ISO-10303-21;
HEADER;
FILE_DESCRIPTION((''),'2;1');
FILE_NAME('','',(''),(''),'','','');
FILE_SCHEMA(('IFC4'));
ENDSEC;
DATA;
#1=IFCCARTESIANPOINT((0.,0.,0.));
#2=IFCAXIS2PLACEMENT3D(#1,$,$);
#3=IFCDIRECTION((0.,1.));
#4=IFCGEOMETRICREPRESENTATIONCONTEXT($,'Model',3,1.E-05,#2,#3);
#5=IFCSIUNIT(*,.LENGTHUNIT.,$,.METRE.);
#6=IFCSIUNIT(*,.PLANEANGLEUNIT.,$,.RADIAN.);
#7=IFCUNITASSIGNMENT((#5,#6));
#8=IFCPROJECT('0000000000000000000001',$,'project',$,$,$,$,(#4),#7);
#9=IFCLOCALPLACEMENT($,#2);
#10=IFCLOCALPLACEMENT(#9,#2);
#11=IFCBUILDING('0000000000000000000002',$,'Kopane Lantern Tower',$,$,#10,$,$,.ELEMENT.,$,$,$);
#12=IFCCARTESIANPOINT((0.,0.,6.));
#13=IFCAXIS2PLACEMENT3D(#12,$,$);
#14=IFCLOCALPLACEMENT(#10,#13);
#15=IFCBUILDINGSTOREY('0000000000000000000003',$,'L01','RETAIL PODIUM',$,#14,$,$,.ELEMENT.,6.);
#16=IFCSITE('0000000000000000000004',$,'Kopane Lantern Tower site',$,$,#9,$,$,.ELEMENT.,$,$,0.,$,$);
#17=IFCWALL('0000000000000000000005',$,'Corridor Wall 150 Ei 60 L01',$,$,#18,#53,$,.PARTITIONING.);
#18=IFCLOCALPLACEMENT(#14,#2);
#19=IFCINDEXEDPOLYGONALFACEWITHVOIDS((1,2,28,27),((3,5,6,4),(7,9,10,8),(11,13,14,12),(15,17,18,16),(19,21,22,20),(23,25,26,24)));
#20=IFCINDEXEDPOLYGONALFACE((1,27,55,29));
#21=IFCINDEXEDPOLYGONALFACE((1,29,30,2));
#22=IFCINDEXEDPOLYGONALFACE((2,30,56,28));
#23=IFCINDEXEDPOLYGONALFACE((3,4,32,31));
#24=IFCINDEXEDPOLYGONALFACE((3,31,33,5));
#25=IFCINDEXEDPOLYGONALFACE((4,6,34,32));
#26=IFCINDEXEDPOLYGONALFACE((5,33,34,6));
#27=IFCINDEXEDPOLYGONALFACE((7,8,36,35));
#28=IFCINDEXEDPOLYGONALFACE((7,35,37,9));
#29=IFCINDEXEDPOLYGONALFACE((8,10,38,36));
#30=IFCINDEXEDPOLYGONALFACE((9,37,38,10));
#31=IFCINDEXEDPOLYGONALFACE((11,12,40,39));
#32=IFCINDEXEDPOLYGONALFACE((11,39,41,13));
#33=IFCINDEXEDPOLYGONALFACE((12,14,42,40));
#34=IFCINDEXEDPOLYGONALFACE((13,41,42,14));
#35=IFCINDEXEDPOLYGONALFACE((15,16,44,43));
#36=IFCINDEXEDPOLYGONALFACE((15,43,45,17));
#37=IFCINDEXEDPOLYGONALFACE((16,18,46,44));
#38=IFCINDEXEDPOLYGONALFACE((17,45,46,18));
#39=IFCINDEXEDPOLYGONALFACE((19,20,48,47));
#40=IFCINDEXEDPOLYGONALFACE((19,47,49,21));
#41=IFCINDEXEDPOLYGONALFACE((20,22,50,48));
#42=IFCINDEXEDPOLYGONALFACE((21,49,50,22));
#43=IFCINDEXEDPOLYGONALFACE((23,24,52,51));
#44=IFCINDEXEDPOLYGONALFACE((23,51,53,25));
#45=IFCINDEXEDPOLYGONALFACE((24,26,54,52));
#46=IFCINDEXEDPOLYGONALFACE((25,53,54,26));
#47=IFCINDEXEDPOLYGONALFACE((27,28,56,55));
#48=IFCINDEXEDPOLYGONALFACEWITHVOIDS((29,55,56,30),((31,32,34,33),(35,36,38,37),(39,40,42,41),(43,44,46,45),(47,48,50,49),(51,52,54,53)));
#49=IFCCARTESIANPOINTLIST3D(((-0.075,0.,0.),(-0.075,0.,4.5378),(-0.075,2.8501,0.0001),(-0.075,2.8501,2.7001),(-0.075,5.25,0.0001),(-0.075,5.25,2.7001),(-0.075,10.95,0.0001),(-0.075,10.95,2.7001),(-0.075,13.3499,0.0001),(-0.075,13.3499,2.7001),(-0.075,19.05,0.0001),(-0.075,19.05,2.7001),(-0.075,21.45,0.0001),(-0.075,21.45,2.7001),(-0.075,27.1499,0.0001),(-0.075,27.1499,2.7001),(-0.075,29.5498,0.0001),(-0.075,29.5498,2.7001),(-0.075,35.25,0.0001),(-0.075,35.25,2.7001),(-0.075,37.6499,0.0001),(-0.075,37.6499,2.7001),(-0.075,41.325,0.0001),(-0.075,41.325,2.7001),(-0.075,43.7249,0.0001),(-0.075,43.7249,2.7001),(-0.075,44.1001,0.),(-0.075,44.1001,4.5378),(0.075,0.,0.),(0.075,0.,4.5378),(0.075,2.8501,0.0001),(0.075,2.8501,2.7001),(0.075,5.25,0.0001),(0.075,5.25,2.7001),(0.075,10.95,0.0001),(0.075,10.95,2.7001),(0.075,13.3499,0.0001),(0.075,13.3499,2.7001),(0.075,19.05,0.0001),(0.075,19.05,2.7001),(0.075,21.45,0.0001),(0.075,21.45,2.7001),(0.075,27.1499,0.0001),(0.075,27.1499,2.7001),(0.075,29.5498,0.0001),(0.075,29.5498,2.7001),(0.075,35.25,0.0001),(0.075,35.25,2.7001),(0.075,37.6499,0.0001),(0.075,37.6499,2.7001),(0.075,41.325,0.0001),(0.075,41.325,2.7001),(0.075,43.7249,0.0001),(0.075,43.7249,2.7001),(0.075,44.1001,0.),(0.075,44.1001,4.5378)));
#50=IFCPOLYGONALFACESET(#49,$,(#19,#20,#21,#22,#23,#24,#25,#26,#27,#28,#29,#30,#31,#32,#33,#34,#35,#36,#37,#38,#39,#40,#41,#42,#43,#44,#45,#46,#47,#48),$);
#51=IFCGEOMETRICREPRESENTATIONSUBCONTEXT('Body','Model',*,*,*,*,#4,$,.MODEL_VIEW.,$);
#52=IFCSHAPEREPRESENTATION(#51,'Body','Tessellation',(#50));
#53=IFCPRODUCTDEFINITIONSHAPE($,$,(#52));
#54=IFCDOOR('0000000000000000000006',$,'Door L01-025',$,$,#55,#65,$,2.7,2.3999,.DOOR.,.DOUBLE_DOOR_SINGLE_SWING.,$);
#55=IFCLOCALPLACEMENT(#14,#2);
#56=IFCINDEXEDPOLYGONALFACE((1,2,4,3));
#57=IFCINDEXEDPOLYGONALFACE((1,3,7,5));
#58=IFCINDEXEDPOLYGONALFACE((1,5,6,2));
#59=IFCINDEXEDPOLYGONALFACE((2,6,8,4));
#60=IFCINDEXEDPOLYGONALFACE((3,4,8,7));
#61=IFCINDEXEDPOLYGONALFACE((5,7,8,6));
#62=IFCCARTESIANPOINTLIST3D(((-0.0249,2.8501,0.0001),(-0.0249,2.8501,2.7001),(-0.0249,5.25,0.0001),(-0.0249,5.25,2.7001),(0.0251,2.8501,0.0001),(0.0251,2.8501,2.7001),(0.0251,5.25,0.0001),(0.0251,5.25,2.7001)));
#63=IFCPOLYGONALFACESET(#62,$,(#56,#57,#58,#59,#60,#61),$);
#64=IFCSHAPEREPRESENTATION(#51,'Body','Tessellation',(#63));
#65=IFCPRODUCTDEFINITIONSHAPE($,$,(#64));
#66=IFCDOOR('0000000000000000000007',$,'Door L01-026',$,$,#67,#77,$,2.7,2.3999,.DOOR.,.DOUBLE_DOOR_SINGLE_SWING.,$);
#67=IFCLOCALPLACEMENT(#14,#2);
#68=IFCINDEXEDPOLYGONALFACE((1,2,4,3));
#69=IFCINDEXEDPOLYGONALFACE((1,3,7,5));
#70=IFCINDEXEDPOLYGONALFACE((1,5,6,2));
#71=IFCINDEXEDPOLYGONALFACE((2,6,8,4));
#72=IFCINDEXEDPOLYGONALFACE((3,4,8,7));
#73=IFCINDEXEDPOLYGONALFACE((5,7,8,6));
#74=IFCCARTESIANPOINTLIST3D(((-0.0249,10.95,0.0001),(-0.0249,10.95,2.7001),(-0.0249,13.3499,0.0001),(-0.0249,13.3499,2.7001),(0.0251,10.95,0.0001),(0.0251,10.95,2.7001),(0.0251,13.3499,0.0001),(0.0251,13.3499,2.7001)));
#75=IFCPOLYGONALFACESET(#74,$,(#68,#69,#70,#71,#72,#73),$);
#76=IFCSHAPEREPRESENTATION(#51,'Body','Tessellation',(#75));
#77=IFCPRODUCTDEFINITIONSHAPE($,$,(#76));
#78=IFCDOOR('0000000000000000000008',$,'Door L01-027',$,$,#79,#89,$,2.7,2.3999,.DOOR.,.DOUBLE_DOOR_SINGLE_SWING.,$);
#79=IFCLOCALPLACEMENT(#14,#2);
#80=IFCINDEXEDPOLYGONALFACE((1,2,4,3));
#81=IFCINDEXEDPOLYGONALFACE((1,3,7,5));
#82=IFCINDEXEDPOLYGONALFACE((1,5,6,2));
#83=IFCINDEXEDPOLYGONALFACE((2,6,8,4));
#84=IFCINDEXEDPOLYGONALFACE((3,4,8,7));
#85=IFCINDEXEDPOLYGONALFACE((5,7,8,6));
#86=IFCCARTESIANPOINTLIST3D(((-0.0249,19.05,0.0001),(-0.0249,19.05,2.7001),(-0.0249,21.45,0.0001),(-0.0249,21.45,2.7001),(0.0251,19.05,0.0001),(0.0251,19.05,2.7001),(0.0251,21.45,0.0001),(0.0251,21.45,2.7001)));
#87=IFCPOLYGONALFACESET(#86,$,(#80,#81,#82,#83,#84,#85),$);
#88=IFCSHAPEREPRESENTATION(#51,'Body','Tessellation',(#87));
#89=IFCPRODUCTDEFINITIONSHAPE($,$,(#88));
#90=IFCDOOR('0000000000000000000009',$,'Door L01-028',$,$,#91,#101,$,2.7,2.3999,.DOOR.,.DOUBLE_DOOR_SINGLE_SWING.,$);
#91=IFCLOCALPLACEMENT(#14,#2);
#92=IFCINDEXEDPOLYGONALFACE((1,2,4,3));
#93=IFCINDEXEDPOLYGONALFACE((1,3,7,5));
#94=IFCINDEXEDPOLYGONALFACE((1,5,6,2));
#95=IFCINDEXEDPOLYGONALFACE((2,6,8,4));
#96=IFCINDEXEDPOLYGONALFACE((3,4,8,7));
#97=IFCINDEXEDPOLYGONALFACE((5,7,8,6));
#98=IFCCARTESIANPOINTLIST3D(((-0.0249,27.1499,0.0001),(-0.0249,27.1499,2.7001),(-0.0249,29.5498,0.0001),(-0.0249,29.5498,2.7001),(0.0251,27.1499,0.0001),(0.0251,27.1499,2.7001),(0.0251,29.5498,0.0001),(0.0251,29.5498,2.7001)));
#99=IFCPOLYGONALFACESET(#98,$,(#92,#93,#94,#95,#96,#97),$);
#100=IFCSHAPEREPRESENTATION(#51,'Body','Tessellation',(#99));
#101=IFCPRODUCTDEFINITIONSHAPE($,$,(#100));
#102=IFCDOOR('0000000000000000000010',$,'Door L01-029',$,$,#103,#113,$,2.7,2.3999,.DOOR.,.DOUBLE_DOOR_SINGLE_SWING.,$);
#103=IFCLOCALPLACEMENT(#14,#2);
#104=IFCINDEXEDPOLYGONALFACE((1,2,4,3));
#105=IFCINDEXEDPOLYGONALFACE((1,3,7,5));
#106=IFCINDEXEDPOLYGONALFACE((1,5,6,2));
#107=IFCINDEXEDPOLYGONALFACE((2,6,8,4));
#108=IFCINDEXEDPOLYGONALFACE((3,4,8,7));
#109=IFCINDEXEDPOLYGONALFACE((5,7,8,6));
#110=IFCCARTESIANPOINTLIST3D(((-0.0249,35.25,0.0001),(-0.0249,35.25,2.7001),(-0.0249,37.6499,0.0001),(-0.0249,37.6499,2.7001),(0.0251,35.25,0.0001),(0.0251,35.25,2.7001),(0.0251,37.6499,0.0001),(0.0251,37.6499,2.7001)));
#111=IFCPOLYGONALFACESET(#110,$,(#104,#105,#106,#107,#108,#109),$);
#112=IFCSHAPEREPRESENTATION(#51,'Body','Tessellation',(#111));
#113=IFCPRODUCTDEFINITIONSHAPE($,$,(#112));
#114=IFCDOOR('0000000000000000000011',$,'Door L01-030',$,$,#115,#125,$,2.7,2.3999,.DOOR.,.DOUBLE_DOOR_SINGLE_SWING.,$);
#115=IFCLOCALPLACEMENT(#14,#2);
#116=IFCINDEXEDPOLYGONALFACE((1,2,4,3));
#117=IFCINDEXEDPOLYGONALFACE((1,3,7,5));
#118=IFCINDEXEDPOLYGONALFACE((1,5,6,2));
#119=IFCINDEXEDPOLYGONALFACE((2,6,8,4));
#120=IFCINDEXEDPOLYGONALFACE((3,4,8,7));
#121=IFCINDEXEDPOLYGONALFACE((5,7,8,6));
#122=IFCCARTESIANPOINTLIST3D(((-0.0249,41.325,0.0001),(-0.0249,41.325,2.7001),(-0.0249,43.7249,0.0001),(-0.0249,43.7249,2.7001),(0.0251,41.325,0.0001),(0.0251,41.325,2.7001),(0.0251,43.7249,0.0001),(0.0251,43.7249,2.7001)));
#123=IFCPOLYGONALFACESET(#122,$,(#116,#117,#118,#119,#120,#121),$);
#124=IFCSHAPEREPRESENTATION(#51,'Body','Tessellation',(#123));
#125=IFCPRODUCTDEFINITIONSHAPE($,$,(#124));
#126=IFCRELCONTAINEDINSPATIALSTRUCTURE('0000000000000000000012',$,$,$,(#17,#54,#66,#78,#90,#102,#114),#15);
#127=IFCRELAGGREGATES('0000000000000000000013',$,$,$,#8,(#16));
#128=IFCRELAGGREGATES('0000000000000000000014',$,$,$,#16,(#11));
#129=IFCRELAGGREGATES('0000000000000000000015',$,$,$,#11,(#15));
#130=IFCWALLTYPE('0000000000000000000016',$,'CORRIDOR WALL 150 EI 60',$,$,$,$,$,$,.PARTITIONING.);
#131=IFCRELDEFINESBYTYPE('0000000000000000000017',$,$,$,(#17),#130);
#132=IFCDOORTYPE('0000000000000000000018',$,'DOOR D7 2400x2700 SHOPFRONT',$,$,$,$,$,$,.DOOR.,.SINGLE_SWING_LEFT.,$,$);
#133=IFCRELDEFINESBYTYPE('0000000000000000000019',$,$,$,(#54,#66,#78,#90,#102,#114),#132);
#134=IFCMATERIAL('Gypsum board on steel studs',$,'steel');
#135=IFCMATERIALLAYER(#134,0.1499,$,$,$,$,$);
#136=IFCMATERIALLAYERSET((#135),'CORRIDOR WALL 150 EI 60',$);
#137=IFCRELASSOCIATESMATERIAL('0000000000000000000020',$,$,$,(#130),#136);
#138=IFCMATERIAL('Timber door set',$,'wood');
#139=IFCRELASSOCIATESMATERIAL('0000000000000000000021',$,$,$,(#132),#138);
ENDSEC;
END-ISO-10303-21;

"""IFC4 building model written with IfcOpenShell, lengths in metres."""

from ifc_helpers import new_model, si_unit, direction, frame, frame_2d, origin, place, context, subcontext, project, spatial, rectangle, extrude, material, layer, layer_set, type_object, element, fill, save


model = new_model("IFC4")

# Units and contexts
model_context = context("Model", 3, precision=1e-05, world=origin(), true_north=direction((0.0, 1.0)))
body_context = subcontext(model_context, "Body", "Model", "MODEL_VIEW")
ifc_project = project(units=[si_unit("LENGTHUNIT", "METRE"), si_unit("PLANEANGLEUNIT", "RADIAN")], contexts=[model_context])

# Site, building, storey
site_placement = place(None, origin())
site = spatial("IfcSite", under=ifc_project, at=site_placement, Name="Kopane Lantern Tower site", CompositionType="ELEMENT", RefElevation=0.0)
building_placement = place(site_placement, origin())
building = spatial("IfcBuilding", under=site, at=building_placement, Name="Kopane Lantern Tower", CompositionType="ELEMENT")
storey_placement = place(building_placement, frame((0.0, 0.0, 6.0)))
storey = spatial("IfcBuildingStorey", under=building, at=storey_placement, Name="L01", Description="RETAIL PODIUM", CompositionType="ELEMENT", Elevation=6.0)

# Wall, openings, doors
ifc_material_1 = material(Name="Gypsum board on steel studs", Category="steel")
ifc_layer_1 = layer(ifc_material_1, 0.1499)
ifc_layer_set_1 = layer_set([ifc_layer_1], Name="CORRIDOR WALL 150 EI 60")
wall_type = type_object("IfcWallType", Name="CORRIDOR WALL 150 EI 60", PredefinedType="PARTITIONING", material=ifc_layer_set_1)
ifc_material_2 = material(Name="Timber door set", Category="wood")
door_type = type_object("IfcDoorType", Name="DOOR D7 2400x2700 SHOPFRONT", OperationType="SINGLE_SWING_LEFT", PredefinedType="DOOR", material=ifc_material_2)
wall_1_placement = place(storey_placement, frame((0.0, 0.0, 0.0), z_axis=(0.0, 0.0, 1.0), x_axis=(0.0, 1.0, 0.0)))
wall_1 = element("IfcWall", 1, at=wall_1_placement, inside=storey, type_object=wall_type, Name="Corridor Wall 150 Ei 60 L01", PredefinedType="PARTITIONING", context=body_context, shape_type="SweptSolid", body=[
    extrude(rectangle(XDim=44.1001, YDim=0.1499, at=frame_2d((22.05, 0.0))), origin(), (0.0, 0.0, 1.0), 4.5378),
])
opening_1_placement = place(wall_1_placement, frame((2.8501, 0.0, 0.0)))
opening_1 = element("IfcOpeningElement", 2, at=opening_1_placement, cuts=wall_1, PredefinedType="OPENING", context=body_context, shape_type="SweptSolid", body=[
    extrude(rectangle(XDim=2.3999, YDim=2.7, at=frame_2d((1.2, 1.3501))), frame((0.0, 0.085, 0.0), z_axis=(0.0, -1.0, 0.0), x_axis=(1.0, 0.0, 0.0)), (0.0, 0.0, 1.0), 0.1699),
])
opening_2_placement = place(wall_1_placement, frame((10.95, 0.0, 0.0)))
opening_2 = element("IfcOpeningElement", 3, at=opening_2_placement, cuts=wall_1, PredefinedType="OPENING", context=body_context, shape_type="SweptSolid", body=[
    extrude(rectangle(XDim=2.3999, YDim=2.7, at=frame_2d((1.2, 1.3501))), frame((0.0, 0.085, 0.0), z_axis=(0.0, -1.0, 0.0), x_axis=(1.0, 0.0, 0.0)), (0.0, 0.0, 1.0), 0.1699),
])
opening_3_placement = place(wall_1_placement, frame((19.05, 0.0, 0.0)))
opening_3 = element("IfcOpeningElement", 4, at=opening_3_placement, cuts=wall_1, PredefinedType="OPENING", context=body_context, shape_type="SweptSolid", body=[
    extrude(rectangle(XDim=2.3999, YDim=2.7, at=frame_2d((1.2, 1.3501))), frame((0.0, 0.085, 0.0), z_axis=(0.0, -1.0, 0.0), x_axis=(1.0, 0.0, 0.0)), (0.0, 0.0, 1.0), 0.1699),
])
opening_4_placement = place(wall_1_placement, frame((27.1499, 0.0, 0.0)))
opening_4 = element("IfcOpeningElement", 5, at=opening_4_placement, cuts=wall_1, PredefinedType="OPENING", context=body_context, shape_type="SweptSolid", body=[
    extrude(rectangle(XDim=2.3999, YDim=2.7, at=frame_2d((1.2, 1.3501))), frame((0.0, 0.085, 0.0), z_axis=(0.0, -1.0, 0.0), x_axis=(1.0, 0.0, 0.0)), (0.0, 0.0, 1.0), 0.1699),
])
opening_5_placement = place(wall_1_placement, frame((35.25, 0.0, 0.0)))
opening_5 = element("IfcOpeningElement", 6, at=opening_5_placement, cuts=wall_1, PredefinedType="OPENING", context=body_context, shape_type="SweptSolid", body=[
    extrude(rectangle(XDim=2.3999, YDim=2.7, at=frame_2d((1.2, 1.3501))), frame((0.0, 0.085, 0.0), z_axis=(0.0, -1.0, 0.0), x_axis=(1.0, 0.0, 0.0)), (0.0, 0.0, 1.0), 0.1699),
])
opening_6_placement = place(wall_1_placement, frame((41.325, 0.0, 0.0)))
opening_6 = element("IfcOpeningElement", 7, at=opening_6_placement, cuts=wall_1, PredefinedType="OPENING", context=body_context, shape_type="SweptSolid", body=[
    extrude(rectangle(XDim=2.3999, YDim=2.7, at=frame_2d((1.2, 1.3501))), frame((0.0, 0.085, 0.0), z_axis=(0.0, -1.0, 0.0), x_axis=(1.0, 0.0, 0.0)), (0.0, 0.0, 1.0), 0.1699),
])
door_1_placement = place(opening_1_placement, origin())
door_1 = element("IfcDoor", 8, at=door_1_placement, inside=storey, type_object=door_type, Name="Door L01-025", OperationType="DOUBLE_DOOR_SINGLE_SWING", OverallHeight=2.7, OverallWidth=2.3999, PredefinedType="DOOR", context=body_context, shape_type="SweptSolid", body=[
    extrude(rectangle(XDim=2.3999, YDim=2.7, at=frame_2d((1.2, 1.3501))), frame((0.0, 0.0249, 0.0), z_axis=(0.0, -1.0, 0.0), x_axis=(1.0, 0.0, 0.0)), (0.0, 0.0, 1.0), 0.05),
])
fill(opening_1, door_1)
door_2_placement = place(opening_2_placement, origin())
door_2 = element("IfcDoor", 9, at=door_2_placement, inside=storey, type_object=door_type, Name="Door L01-026", OperationType="DOUBLE_DOOR_SINGLE_SWING", OverallHeight=2.7, OverallWidth=2.3999, PredefinedType="DOOR", context=body_context, shape_type="SweptSolid", body=[
    extrude(rectangle(XDim=2.3999, YDim=2.7, at=frame_2d((1.2, 1.3501))), frame((0.0, 0.0249, 0.0), z_axis=(0.0, -1.0, 0.0), x_axis=(1.0, 0.0, 0.0)), (0.0, 0.0, 1.0), 0.05),
])
fill(opening_2, door_2)
door_3_placement = place(opening_3_placement, origin())
door_3 = element("IfcDoor", 10, at=door_3_placement, inside=storey, type_object=door_type, Name="Door L01-027", OperationType="DOUBLE_DOOR_SINGLE_SWING", OverallHeight=2.7, OverallWidth=2.3999, PredefinedType="DOOR", context=body_context, shape_type="SweptSolid", body=[
    extrude(rectangle(XDim=2.3999, YDim=2.7, at=frame_2d((1.2, 1.3501))), frame((0.0, 0.0249, 0.0), z_axis=(0.0, -1.0, 0.0), x_axis=(1.0, 0.0, 0.0)), (0.0, 0.0, 1.0), 0.05),
])
fill(opening_3, door_3)
door_4_placement = place(opening_4_placement, origin())
door_4 = element("IfcDoor", 11, at=door_4_placement, inside=storey, type_object=door_type, Name="Door L01-028", OperationType="DOUBLE_DOOR_SINGLE_SWING", OverallHeight=2.7, OverallWidth=2.3999, PredefinedType="DOOR", context=body_context, shape_type="SweptSolid", body=[
    extrude(rectangle(XDim=2.3999, YDim=2.7, at=frame_2d((1.2, 1.3501))), frame((0.0, 0.0249, 0.0), z_axis=(0.0, -1.0, 0.0), x_axis=(1.0, 0.0, 0.0)), (0.0, 0.0, 1.0), 0.05),
])
fill(opening_4, door_4)
door_5_placement = place(opening_5_placement, origin())
door_5 = element("IfcDoor", 12, at=door_5_placement, inside=storey, type_object=door_type, Name="Door L01-029", OperationType="DOUBLE_DOOR_SINGLE_SWING", OverallHeight=2.7, OverallWidth=2.3999, PredefinedType="DOOR", context=body_context, shape_type="SweptSolid", body=[
    extrude(rectangle(XDim=2.3999, YDim=2.7, at=frame_2d((1.2, 1.3501))), frame((0.0, 0.0249, 0.0), z_axis=(0.0, -1.0, 0.0), x_axis=(1.0, 0.0, 0.0)), (0.0, 0.0, 1.0), 0.05),
])
fill(opening_5, door_5)
door_6_placement = place(opening_6_placement, origin())
door_6 = element("IfcDoor", 13, at=door_6_placement, inside=storey, type_object=door_type, Name="Door L01-030", OperationType="DOUBLE_DOOR_SINGLE_SWING", OverallHeight=2.7, OverallWidth=2.3999, PredefinedType="DOOR", context=body_context, shape_type="SweptSolid", body=[
    extrude(rectangle(XDim=2.3999, YDim=2.7, at=frame_2d((1.2, 1.3501))), frame((0.0, 0.0249, 0.0), z_axis=(0.0, -1.0, 0.0), x_axis=(1.0, 0.0, 0.0)), (0.0, 0.0, 1.0), 0.05),
])
fill(opening_6, door_6)

save(model, "model.ifc")
